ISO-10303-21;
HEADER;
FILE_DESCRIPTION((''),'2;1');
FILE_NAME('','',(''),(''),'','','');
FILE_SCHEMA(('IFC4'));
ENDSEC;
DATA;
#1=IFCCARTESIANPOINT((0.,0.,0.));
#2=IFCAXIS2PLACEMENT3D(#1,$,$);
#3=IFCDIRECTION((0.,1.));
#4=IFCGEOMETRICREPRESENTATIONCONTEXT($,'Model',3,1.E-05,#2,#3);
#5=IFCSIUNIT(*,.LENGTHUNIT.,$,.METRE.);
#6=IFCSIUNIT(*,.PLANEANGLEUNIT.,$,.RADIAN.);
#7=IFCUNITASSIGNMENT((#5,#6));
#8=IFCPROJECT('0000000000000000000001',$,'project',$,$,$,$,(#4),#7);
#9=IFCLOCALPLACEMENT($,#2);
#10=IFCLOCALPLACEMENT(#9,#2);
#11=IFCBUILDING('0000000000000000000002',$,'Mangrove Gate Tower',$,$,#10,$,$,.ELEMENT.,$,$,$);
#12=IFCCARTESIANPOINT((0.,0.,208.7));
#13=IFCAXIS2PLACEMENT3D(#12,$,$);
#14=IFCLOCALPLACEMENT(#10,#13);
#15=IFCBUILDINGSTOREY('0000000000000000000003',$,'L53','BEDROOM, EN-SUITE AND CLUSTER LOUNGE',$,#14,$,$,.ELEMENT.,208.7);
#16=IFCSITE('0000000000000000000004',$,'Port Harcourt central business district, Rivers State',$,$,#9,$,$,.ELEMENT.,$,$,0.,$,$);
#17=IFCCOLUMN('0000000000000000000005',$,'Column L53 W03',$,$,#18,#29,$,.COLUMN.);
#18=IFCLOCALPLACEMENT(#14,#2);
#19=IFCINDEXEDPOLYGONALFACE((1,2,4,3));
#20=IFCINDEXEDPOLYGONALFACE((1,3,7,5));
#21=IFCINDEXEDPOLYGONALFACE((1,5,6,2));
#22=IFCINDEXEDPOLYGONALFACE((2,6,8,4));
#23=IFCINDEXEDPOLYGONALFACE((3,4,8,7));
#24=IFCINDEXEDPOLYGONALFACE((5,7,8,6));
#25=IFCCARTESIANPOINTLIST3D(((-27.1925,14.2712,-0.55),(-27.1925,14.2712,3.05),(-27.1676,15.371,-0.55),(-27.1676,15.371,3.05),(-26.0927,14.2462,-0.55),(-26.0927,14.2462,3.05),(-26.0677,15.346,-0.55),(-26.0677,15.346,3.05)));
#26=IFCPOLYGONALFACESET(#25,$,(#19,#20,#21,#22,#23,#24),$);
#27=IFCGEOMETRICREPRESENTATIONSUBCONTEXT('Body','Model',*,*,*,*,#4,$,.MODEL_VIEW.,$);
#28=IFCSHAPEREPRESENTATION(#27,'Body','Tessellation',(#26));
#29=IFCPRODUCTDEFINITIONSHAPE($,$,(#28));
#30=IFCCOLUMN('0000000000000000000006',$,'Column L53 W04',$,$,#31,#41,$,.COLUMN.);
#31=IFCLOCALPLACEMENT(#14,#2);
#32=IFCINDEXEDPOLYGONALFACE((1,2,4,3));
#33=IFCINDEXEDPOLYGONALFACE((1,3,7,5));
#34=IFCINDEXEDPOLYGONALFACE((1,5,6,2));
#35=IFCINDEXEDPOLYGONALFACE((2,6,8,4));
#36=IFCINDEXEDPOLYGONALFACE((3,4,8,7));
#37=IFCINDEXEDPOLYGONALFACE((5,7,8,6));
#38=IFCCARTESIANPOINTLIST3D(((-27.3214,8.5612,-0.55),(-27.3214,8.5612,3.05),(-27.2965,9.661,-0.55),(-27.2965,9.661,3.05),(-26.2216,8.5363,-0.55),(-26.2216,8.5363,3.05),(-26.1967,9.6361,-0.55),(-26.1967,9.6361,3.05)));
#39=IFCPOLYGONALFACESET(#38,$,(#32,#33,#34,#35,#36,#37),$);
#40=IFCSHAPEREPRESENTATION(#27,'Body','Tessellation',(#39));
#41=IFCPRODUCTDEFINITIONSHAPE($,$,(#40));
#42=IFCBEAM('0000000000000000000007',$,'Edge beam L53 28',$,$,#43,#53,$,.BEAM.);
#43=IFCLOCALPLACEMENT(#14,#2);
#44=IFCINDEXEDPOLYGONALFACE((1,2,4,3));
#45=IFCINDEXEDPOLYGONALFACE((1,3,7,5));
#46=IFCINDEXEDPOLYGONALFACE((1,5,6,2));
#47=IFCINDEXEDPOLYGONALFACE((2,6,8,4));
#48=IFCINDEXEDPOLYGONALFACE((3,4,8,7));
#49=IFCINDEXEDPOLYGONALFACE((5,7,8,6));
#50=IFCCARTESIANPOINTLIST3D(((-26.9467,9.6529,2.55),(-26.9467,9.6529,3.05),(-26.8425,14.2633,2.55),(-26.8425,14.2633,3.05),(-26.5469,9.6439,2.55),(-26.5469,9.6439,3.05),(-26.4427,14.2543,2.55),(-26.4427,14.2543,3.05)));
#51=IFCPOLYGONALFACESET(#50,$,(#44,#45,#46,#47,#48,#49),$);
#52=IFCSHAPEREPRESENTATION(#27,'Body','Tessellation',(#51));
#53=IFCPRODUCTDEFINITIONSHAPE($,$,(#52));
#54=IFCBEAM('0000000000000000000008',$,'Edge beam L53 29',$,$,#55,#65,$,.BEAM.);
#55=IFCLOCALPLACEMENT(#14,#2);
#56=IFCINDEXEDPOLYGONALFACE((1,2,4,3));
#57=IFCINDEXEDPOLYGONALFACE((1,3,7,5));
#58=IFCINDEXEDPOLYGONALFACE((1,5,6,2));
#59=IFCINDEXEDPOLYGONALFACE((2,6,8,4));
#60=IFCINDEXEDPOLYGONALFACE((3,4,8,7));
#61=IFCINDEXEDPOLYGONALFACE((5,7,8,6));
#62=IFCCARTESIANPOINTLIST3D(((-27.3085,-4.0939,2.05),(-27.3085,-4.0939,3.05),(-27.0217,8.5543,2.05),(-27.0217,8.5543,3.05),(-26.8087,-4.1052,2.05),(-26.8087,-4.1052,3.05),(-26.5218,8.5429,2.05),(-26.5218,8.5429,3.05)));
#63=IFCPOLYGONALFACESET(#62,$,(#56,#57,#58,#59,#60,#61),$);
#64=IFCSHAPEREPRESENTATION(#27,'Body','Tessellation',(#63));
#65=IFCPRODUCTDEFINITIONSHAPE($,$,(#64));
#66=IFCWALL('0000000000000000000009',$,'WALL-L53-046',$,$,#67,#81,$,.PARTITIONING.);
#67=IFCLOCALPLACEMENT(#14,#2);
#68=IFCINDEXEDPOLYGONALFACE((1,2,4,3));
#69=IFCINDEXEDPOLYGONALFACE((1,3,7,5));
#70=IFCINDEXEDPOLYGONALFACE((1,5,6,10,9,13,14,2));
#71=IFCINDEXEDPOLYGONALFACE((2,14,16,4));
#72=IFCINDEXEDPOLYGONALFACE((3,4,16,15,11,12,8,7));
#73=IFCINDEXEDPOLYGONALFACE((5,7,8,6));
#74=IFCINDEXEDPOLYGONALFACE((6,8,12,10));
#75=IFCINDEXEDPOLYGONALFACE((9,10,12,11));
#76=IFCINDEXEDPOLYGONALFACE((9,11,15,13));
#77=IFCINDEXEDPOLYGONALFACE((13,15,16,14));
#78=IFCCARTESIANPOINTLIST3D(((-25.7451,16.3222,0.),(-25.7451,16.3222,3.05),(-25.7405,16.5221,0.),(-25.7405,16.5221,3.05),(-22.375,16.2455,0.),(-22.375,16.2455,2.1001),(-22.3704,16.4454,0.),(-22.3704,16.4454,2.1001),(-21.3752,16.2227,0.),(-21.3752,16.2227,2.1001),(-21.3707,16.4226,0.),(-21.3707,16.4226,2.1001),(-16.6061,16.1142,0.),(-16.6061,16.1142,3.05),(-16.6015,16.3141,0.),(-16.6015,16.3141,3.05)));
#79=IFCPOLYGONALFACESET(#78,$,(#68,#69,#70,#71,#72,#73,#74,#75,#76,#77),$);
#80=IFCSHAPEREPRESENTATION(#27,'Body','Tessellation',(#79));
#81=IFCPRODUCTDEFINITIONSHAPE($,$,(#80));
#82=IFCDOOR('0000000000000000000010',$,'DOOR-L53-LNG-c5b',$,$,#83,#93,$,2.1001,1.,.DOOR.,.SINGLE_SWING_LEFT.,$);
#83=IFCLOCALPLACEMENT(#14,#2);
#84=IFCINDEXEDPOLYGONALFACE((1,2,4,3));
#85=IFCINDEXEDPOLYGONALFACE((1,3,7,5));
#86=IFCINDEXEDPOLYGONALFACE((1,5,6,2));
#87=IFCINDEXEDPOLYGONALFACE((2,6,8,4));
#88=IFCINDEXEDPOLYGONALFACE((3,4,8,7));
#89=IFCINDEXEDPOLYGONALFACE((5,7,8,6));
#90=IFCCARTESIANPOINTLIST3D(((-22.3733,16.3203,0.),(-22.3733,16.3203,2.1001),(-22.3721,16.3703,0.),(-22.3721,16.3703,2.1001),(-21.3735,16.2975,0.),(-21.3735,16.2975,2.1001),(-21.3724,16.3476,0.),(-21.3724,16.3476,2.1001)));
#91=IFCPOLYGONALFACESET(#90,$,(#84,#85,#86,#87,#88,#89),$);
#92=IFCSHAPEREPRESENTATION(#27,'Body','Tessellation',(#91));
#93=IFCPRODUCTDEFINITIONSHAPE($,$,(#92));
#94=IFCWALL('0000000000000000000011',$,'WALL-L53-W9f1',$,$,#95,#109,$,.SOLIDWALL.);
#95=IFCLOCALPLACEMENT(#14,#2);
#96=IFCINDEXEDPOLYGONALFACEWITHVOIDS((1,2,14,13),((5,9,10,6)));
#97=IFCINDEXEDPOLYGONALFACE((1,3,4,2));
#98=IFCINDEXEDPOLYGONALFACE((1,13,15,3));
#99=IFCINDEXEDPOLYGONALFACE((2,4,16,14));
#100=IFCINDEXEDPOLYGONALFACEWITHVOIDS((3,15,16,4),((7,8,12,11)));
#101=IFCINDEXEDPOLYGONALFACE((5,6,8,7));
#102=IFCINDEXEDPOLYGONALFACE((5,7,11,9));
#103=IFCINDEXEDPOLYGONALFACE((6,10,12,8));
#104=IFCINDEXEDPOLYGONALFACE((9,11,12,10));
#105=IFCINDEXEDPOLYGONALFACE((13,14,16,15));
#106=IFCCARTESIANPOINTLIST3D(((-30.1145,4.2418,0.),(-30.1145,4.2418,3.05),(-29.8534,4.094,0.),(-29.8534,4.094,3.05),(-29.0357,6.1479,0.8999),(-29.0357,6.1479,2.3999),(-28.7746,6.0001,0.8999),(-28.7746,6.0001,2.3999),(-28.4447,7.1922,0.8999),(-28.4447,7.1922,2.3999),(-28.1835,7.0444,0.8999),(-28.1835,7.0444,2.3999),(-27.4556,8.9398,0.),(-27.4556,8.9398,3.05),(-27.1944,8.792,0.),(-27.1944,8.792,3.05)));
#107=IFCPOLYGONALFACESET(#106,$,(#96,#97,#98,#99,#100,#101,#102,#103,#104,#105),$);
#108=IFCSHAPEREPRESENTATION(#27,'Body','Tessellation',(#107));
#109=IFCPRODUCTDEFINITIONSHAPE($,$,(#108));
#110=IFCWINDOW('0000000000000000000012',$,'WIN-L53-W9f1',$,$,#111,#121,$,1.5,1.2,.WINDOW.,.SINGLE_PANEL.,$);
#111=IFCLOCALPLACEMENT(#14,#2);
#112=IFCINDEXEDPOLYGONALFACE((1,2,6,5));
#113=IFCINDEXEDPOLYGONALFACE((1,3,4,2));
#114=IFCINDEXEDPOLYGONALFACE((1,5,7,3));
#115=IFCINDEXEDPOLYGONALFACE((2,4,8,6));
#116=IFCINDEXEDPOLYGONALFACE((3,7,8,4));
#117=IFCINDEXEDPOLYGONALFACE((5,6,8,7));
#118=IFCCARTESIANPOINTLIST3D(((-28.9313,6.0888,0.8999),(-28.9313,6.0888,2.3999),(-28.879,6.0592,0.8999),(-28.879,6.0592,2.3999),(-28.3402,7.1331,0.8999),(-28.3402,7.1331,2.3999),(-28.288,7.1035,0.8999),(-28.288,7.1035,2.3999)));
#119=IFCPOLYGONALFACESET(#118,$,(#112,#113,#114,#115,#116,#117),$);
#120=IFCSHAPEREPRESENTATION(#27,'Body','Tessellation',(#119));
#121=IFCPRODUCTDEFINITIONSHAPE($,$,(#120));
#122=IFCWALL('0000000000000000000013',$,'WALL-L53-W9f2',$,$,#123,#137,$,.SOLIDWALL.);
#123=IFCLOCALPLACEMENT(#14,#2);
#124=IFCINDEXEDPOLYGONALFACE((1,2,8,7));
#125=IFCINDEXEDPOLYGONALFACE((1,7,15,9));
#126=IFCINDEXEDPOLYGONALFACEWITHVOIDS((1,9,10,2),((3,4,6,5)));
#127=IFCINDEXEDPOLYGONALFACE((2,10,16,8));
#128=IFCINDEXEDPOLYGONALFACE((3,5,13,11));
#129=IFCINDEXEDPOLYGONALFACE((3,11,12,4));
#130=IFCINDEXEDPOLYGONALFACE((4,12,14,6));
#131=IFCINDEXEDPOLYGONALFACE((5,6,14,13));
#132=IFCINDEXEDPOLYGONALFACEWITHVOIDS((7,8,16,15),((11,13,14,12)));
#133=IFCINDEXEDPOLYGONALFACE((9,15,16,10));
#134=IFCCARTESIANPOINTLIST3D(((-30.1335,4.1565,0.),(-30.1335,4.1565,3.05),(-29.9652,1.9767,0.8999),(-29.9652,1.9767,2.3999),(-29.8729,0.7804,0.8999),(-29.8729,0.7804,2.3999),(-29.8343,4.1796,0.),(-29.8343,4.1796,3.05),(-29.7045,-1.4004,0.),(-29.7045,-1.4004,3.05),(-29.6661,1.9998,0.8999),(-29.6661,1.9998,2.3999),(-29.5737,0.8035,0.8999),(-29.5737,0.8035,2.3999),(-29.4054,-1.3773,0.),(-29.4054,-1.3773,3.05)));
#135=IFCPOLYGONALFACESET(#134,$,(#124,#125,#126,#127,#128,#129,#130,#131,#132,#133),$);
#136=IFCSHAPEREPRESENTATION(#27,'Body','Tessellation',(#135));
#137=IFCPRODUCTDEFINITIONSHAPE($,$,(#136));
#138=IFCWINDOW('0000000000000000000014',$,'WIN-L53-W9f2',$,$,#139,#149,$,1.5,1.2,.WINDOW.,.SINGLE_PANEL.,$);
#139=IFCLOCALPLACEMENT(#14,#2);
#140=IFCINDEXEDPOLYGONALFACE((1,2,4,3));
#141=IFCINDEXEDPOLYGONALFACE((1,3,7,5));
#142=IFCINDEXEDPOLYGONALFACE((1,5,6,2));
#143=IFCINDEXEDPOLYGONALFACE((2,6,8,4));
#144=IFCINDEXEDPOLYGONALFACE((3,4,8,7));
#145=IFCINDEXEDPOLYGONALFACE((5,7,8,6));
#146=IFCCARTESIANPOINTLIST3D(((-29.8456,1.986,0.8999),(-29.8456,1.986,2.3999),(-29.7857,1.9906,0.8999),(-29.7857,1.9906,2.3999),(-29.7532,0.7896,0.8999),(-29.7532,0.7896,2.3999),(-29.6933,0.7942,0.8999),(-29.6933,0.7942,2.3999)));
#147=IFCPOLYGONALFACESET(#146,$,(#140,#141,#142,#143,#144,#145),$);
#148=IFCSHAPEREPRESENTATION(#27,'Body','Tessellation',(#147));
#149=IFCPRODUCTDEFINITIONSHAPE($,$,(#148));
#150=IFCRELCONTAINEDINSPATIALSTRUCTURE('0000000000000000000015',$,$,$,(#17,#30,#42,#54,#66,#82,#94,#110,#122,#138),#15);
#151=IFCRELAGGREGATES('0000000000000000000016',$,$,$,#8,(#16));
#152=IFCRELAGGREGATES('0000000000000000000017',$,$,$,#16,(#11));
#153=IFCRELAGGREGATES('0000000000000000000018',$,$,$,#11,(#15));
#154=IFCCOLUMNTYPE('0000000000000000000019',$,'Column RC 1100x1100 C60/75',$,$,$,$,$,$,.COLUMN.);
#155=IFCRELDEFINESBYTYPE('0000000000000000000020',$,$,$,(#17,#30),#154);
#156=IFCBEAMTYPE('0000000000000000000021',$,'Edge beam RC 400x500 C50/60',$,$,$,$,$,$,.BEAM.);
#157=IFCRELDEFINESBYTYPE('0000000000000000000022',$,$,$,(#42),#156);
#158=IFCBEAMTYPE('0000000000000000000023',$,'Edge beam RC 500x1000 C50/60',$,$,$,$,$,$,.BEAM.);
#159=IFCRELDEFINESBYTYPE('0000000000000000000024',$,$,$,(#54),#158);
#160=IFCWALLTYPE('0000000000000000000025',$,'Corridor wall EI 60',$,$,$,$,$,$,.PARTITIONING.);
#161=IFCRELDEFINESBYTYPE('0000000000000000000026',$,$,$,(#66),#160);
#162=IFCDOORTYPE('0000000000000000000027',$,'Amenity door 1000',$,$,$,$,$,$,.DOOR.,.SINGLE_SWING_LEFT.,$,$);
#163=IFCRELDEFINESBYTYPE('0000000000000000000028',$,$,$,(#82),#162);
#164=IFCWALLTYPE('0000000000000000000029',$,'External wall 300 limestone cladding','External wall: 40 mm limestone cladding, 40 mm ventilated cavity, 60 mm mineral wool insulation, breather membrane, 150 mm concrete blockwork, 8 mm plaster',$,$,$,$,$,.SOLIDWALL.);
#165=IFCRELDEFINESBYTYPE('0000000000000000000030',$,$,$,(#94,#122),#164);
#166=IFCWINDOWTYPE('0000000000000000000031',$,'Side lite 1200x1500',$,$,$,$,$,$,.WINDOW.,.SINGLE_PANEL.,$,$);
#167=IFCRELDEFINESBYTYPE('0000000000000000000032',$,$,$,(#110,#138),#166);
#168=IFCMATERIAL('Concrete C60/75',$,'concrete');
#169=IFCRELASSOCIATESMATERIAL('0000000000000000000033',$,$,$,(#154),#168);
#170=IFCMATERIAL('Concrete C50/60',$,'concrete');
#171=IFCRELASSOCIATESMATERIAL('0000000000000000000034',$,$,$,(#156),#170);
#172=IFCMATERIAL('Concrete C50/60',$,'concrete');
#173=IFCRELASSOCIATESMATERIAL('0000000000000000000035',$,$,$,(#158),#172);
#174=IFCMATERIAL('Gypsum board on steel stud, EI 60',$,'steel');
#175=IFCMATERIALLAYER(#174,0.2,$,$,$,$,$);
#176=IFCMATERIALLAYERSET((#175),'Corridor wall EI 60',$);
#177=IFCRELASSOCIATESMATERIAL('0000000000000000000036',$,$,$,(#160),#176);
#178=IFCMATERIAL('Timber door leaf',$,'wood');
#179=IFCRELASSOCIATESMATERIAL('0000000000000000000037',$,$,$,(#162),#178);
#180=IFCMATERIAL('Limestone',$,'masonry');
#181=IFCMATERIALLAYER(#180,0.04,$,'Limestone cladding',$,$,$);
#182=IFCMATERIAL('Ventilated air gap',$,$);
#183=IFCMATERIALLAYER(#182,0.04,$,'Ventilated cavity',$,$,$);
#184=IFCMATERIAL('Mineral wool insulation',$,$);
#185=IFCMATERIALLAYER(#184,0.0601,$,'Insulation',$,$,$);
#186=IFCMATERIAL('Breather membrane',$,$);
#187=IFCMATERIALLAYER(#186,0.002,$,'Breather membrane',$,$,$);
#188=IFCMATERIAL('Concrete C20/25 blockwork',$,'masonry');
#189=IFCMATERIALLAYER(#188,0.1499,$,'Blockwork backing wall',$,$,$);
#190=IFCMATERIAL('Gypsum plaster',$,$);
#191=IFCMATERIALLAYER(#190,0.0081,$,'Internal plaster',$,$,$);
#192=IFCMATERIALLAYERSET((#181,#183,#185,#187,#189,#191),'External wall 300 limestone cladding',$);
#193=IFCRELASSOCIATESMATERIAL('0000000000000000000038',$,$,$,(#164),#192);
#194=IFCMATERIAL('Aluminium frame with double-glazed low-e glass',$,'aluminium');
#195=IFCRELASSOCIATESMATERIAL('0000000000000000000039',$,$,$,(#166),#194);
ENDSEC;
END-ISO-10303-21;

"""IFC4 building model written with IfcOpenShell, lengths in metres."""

from ifc_helpers import new_model, si_unit, direction, frame, frame_2d, origin, origin_2d, place, context, subcontext, project, spatial, rectangle, extrude, material, layer, layer_set, material_profile, profile_set, type_object, element, fill, save


model = new_model("IFC4")

# Units and contexts
model_context = context("Model", 3, precision=1e-05, world=origin(), true_north=direction((0.0, 1.0)))
body_context = subcontext(model_context, "Body", "Model", "MODEL_VIEW")
ifc_project = project(units=[si_unit("LENGTHUNIT", "METRE"), si_unit("PLANEANGLEUNIT", "RADIAN")], contexts=[model_context])

# Site, building, storey
site_placement = place(None, origin())
site = spatial("IfcSite", under=ifc_project, at=site_placement, Name="Port Harcourt central business district, Rivers State", CompositionType="ELEMENT", RefElevation=0.0)
building_placement = place(site_placement, origin())
building = spatial("IfcBuilding", under=site, at=building_placement, Name="Mangrove Gate Tower", CompositionType="ELEMENT")
storey_placement = place(building_placement, frame((0.0, 0.0, 208.7)))
storey = spatial("IfcBuildingStorey", under=building, at=storey_placement, Name="L53", Description="BEDROOM, EN-SUITE AND CLUSTER LOUNGE", CompositionType="ELEMENT", Elevation=208.7)

# Columns
ifc_material_1 = material(Name="Concrete C60/75", Category="concrete")
ifc_material_profile_1 = material_profile(ifc_material_1, rectangle(XDim=1.1001, YDim=1.1001, at=origin_2d()))
ifc_profile_set_1 = profile_set([ifc_material_profile_1], Name="Concrete C60/75")
column_type = type_object("IfcColumnType", Name="Column RC 1100x1100 C60/75", PredefinedType="COLUMN", material=ifc_profile_set_1)
for number, where, z_axis, x_axis, name in (
    (1, (-26.6301, 14.8086, -0.55), (0.0, 0.0, 1.0), (-0.022672, -0.999743, 0.0), "Column L53 W03"),
    (2, (-26.759, 9.0986, -0.55), (0.0, 0.0, 1.0), (-0.022658, -0.999743, 0.0), "Column L53 W04"),
):
    element("IfcColumn", number, at=place(storey_placement, frame(where, z_axis=z_axis, x_axis=x_axis)), inside=storey, type_object=column_type, Name=name, PredefinedType="COLUMN", context=body_context, shape_type="SweptSolid", body=[
        extrude(rectangle(XDim=1.1001, YDim=1.1001, at=origin_2d()), origin(), (0.0, 0.0, 1.0), 3.6001),
    ])

# Beams
ifc_material_2 = material(Name="Concrete C50/60", Category="concrete")
ifc_material_profile_2 = material_profile(ifc_material_2, rectangle(XDim=0.3999, YDim=0.5, at=origin_2d()))
ifc_profile_set_2 = profile_set([ifc_material_profile_2], Name="Concrete C50/60")
beam_type_1 = type_object("IfcBeamType", Name="Edge beam RC 400x500 C50/60", PredefinedType="BEAM", material=ifc_profile_set_2)
beam_1_placement = place(storey_placement, frame((-26.6426, 14.2588, 2.8), z_axis=(-0.022606, -0.999744, 0.0), x_axis=(0.999744, -0.022606, 0.0)))
element("IfcBeam", 3, at=beam_1_placement, inside=storey, type_object=beam_type_1, Name="Edge beam L53 28", PredefinedType="BEAM", context=body_context, shape_type="SweptSolid", body=[
    extrude(rectangle(XDim=0.3999, YDim=0.5, at=origin_2d()), origin(), (0.0, 0.0, 1.0), 4.6116),
])
ifc_material_3 = material(Name="Concrete C50/60", Category="concrete")
ifc_material_profile_3 = material_profile(ifc_material_3, rectangle(XDim=0.5, YDim=1.0, at=origin_2d()))
ifc_profile_set_3 = profile_set([ifc_material_profile_3], Name="Concrete C50/60")
beam_type_2 = type_object("IfcBeamType", Name="Edge beam RC 500x1000 C50/60", PredefinedType="BEAM", material=ifc_profile_set_3)
beam_2_placement = place(storey_placement, frame((-26.7717, 8.5486, 2.55), z_axis=(-0.022675, -0.999743, 0.0), x_axis=(0.999743, -0.022675, 0.0)))
element("IfcBeam", 4, at=beam_2_placement, inside=storey, type_object=beam_type_2, Name="Edge beam L53 29", PredefinedType="BEAM", context=body_context, shape_type="SweptSolid", body=[
    extrude(rectangle(XDim=0.5, YDim=1.0, at=origin_2d()), origin(), (0.0, 0.0, 1.0), 12.6514),
])

# Wall, opening, door
ifc_material_4 = material(Name="Gypsum board on steel stud, EI 60", Category="steel")
ifc_layer_1 = layer(ifc_material_4, 0.2)
ifc_layer_set_1 = layer_set([ifc_layer_1], Name="Corridor wall EI 60")
wall_type_1 = type_object("IfcWallType", Name="Corridor wall EI 60", PredefinedType="PARTITIONING", material=ifc_layer_set_1)
wall_1_placement = place(storey_placement, frame((-25.7429, 16.4221, 0.0), z_axis=(0.0, 0.0, 1.0), x_axis=(0.999741, -0.022755, 0.0)))
wall_1 = element("IfcWall", 5, at=wall_1_placement, inside=storey, type_object=wall_type_1, Name="WALL-L53-046", PredefinedType="PARTITIONING", context=body_context, shape_type="SweptSolid", body=[
    extrude(rectangle(XDim=9.1414, YDim=0.2, at=frame_2d((4.5708, 0.0))), origin(), (0.0, 0.0, 1.0), 3.05),
])
opening_1_placement = place(wall_1_placement, frame((3.3711, 0.0, 0.0)))
opening_1 = element("IfcOpeningElement", 6, at=opening_1_placement, cuts=wall_1, PredefinedType="OPENING", context=body_context, shape_type="SweptSolid", body=[
    extrude(rectangle(XDim=1.0, YDim=2.1001, at=frame_2d((0.5, 1.05))), frame((0.0, 0.1099, 0.0), z_axis=(0.0, -1.0, 0.0), x_axis=(1.0, 0.0, 0.0)), (0.0, 0.0, 1.0), 0.22),
])
ifc_material_5 = material(Name="Timber door leaf", Category="wood")
door_type_1 = type_object("IfcDoorType", Name="Amenity door 1000", OperationType="SINGLE_SWING_LEFT", PredefinedType="DOOR", material=ifc_material_5)
door_1_placement = place(opening_1_placement, origin())
door_1 = element("IfcDoor", 7, at=door_1_placement, inside=storey, type_object=door_type_1, Name="DOOR-L53-LNG-c5b", OperationType="SINGLE_SWING_LEFT", OverallHeight=2.1001, OverallWidth=1.0, PredefinedType="DOOR", context=body_context, shape_type="SweptSolid", body=[
    extrude(rectangle(XDim=1.0, YDim=2.1001, at=frame_2d((0.5, 1.05))), frame((0.0, 0.0249, 0.0), z_axis=(0.0, -1.0, 0.0), x_axis=(1.0, 0.0, 0.0)), (0.0, 0.0, 1.0), 0.05),
])
fill(opening_1, door_1)

# Walls, openings, windows
ifc_material_6 = material(Name="Limestone", Category="masonry")
ifc_layer_2 = layer(ifc_material_6, 0.04, Name="Limestone cladding")
ifc_material_7 = material(Name="Ventilated air gap")
ifc_layer_3 = layer(ifc_material_7, 0.04, Name="Ventilated cavity")
ifc_material_8 = material(Name="Mineral wool insulation")
ifc_layer_4 = layer(ifc_material_8, 0.0601, Name="Insulation")
ifc_material_9 = material(Name="Breather membrane")
ifc_layer_5 = layer(ifc_material_9, 0.002, Name="Breather membrane")
ifc_material_10 = material(Name="Concrete C20/25 blockwork", Category="masonry")
ifc_layer_6 = layer(ifc_material_10, 0.1499, Name="Blockwork backing wall")
ifc_material_11 = material(Name="Gypsum plaster")
ifc_layer_7 = layer(ifc_material_11, 0.0081, Name="Internal plaster")
ifc_layer_set_2 = layer_set([ifc_layer_2, ifc_layer_3, ifc_layer_4, ifc_layer_5, ifc_layer_6, ifc_layer_7], Name="External wall 300 limestone cladding")
wall_type_2 = type_object("IfcWallType", Name="External wall 300 limestone cladding", Description="External wall: 40 mm limestone cladding, 40 mm ventilated cavity, 60 mm mineral wool insulation, breather membrane, 150 mm concrete blockwork, 8 mm plaster", PredefinedType="SOLIDWALL", material=ifc_layer_set_2)
wall_2_placement = place(storey_placement, frame((-27.325, 8.866, 0.0), z_axis=(0.0, 0.0, 1.0), x_axis=(-0.492555, -0.870281, 0.0)))
wall_2 = element("IfcWall", 8, at=wall_2_placement, inside=storey, type_object=wall_type_2, Name="WALL-L53-W9f1", PredefinedType="SOLIDWALL", context=body_context, shape_type="SweptSolid", body=[
    extrude(rectangle(XDim=5.3982, YDim=0.3, at=frame_2d((2.6992, 0.0))), origin(), (0.0, 0.0, 1.0), 3.05),
])
opening_2_placement = place(wall_2_placement, frame((2.0081, 0.0, 0.8999)))
opening_2 = element("IfcOpeningElement", 9, at=opening_2_placement, cuts=wall_2, PredefinedType="OPENING", context=body_context, shape_type="SweptSolid", body=[
    extrude(rectangle(XDim=1.2, YDim=1.5, at=frame_2d((0.6001, 0.75))), frame((0.0, 0.1599, 0.0), z_axis=(0.0, -1.0, 0.0), x_axis=(1.0, 0.0, 0.0)), (0.0, 0.0, 1.0), 0.3201),
])
ifc_material_12 = material(Name="Aluminium frame with double-glazed low-e glass", Category="aluminium")
window_type_1 = type_object("IfcWindowType", Name="Side lite 1200x1500", PartitioningType="SINGLE_PANEL", PredefinedType="WINDOW", material=ifc_material_12)
window_1_placement = place(opening_2_placement, origin())
window_1 = element("IfcWindow", 10, at=window_1_placement, inside=storey, type_object=window_type_1, Name="WIN-L53-W9f1", OverallHeight=1.5, OverallWidth=1.2, PartitioningType="SINGLE_PANEL", PredefinedType="WINDOW", context=body_context, shape_type="SweptSolid", body=[
    extrude(rectangle(XDim=1.2, YDim=1.5, at=frame_2d((0.6001, 0.75))), frame((0.0, 0.03, 0.0), z_axis=(0.0, -1.0, 0.0), x_axis=(1.0, 0.0, 0.0)), (0.0, 0.0, 1.0), 0.0601),
])
fill(opening_2, window_1)
wall_3_placement = place(storey_placement, frame((-29.9839, 4.168, 0.0), z_axis=(0.0, 0.0, 1.0), x_axis=(0.076964, -0.997034, 0.0)))
wall_3 = element("IfcWall", 11, at=wall_3_placement, inside=storey, type_object=wall_type_2, Name="WALL-L53-W9f2", PredefinedType="SOLIDWALL", context=body_context, shape_type="SweptSolid", body=[
    extrude(rectangle(XDim=5.5735, YDim=0.3, at=frame_2d((2.7866, 0.0))), origin(), (0.0, 0.0, 1.0), 3.05),
])
opening_3_placement = place(wall_3_placement, frame((2.186, 0.0, 0.8999)))
opening_3 = element("IfcOpeningElement", 12, at=opening_3_placement, cuts=wall_3, PredefinedType="OPENING", context=body_context, shape_type="SweptSolid", body=[
    extrude(rectangle(XDim=1.2, YDim=1.5, at=frame_2d((0.6001, 0.75))), frame((0.0, 0.1599, 0.0), z_axis=(0.0, -1.0, 0.0), x_axis=(1.0, 0.0, 0.0)), (0.0, 0.0, 1.0), 0.3201),
])
window_2_placement = place(opening_3_placement, origin())
window_2 = element("IfcWindow", 13, at=window_2_placement, inside=storey, type_object=window_type_1, Name="WIN-L53-W9f2", OverallHeight=1.5, OverallWidth=1.2, PartitioningType="SINGLE_PANEL", PredefinedType="WINDOW", context=body_context, shape_type="SweptSolid", body=[
    extrude(rectangle(XDim=1.2, YDim=1.5, at=frame_2d((0.6001, 0.75))), frame((0.0, 0.03, 0.0), z_axis=(0.0, -1.0, 0.0), x_axis=(1.0, 0.0, 0.0)), (0.0, 0.0, 1.0), 0.0601),
])
fill(opening_3, window_2)

save(model, "model.ifc")
